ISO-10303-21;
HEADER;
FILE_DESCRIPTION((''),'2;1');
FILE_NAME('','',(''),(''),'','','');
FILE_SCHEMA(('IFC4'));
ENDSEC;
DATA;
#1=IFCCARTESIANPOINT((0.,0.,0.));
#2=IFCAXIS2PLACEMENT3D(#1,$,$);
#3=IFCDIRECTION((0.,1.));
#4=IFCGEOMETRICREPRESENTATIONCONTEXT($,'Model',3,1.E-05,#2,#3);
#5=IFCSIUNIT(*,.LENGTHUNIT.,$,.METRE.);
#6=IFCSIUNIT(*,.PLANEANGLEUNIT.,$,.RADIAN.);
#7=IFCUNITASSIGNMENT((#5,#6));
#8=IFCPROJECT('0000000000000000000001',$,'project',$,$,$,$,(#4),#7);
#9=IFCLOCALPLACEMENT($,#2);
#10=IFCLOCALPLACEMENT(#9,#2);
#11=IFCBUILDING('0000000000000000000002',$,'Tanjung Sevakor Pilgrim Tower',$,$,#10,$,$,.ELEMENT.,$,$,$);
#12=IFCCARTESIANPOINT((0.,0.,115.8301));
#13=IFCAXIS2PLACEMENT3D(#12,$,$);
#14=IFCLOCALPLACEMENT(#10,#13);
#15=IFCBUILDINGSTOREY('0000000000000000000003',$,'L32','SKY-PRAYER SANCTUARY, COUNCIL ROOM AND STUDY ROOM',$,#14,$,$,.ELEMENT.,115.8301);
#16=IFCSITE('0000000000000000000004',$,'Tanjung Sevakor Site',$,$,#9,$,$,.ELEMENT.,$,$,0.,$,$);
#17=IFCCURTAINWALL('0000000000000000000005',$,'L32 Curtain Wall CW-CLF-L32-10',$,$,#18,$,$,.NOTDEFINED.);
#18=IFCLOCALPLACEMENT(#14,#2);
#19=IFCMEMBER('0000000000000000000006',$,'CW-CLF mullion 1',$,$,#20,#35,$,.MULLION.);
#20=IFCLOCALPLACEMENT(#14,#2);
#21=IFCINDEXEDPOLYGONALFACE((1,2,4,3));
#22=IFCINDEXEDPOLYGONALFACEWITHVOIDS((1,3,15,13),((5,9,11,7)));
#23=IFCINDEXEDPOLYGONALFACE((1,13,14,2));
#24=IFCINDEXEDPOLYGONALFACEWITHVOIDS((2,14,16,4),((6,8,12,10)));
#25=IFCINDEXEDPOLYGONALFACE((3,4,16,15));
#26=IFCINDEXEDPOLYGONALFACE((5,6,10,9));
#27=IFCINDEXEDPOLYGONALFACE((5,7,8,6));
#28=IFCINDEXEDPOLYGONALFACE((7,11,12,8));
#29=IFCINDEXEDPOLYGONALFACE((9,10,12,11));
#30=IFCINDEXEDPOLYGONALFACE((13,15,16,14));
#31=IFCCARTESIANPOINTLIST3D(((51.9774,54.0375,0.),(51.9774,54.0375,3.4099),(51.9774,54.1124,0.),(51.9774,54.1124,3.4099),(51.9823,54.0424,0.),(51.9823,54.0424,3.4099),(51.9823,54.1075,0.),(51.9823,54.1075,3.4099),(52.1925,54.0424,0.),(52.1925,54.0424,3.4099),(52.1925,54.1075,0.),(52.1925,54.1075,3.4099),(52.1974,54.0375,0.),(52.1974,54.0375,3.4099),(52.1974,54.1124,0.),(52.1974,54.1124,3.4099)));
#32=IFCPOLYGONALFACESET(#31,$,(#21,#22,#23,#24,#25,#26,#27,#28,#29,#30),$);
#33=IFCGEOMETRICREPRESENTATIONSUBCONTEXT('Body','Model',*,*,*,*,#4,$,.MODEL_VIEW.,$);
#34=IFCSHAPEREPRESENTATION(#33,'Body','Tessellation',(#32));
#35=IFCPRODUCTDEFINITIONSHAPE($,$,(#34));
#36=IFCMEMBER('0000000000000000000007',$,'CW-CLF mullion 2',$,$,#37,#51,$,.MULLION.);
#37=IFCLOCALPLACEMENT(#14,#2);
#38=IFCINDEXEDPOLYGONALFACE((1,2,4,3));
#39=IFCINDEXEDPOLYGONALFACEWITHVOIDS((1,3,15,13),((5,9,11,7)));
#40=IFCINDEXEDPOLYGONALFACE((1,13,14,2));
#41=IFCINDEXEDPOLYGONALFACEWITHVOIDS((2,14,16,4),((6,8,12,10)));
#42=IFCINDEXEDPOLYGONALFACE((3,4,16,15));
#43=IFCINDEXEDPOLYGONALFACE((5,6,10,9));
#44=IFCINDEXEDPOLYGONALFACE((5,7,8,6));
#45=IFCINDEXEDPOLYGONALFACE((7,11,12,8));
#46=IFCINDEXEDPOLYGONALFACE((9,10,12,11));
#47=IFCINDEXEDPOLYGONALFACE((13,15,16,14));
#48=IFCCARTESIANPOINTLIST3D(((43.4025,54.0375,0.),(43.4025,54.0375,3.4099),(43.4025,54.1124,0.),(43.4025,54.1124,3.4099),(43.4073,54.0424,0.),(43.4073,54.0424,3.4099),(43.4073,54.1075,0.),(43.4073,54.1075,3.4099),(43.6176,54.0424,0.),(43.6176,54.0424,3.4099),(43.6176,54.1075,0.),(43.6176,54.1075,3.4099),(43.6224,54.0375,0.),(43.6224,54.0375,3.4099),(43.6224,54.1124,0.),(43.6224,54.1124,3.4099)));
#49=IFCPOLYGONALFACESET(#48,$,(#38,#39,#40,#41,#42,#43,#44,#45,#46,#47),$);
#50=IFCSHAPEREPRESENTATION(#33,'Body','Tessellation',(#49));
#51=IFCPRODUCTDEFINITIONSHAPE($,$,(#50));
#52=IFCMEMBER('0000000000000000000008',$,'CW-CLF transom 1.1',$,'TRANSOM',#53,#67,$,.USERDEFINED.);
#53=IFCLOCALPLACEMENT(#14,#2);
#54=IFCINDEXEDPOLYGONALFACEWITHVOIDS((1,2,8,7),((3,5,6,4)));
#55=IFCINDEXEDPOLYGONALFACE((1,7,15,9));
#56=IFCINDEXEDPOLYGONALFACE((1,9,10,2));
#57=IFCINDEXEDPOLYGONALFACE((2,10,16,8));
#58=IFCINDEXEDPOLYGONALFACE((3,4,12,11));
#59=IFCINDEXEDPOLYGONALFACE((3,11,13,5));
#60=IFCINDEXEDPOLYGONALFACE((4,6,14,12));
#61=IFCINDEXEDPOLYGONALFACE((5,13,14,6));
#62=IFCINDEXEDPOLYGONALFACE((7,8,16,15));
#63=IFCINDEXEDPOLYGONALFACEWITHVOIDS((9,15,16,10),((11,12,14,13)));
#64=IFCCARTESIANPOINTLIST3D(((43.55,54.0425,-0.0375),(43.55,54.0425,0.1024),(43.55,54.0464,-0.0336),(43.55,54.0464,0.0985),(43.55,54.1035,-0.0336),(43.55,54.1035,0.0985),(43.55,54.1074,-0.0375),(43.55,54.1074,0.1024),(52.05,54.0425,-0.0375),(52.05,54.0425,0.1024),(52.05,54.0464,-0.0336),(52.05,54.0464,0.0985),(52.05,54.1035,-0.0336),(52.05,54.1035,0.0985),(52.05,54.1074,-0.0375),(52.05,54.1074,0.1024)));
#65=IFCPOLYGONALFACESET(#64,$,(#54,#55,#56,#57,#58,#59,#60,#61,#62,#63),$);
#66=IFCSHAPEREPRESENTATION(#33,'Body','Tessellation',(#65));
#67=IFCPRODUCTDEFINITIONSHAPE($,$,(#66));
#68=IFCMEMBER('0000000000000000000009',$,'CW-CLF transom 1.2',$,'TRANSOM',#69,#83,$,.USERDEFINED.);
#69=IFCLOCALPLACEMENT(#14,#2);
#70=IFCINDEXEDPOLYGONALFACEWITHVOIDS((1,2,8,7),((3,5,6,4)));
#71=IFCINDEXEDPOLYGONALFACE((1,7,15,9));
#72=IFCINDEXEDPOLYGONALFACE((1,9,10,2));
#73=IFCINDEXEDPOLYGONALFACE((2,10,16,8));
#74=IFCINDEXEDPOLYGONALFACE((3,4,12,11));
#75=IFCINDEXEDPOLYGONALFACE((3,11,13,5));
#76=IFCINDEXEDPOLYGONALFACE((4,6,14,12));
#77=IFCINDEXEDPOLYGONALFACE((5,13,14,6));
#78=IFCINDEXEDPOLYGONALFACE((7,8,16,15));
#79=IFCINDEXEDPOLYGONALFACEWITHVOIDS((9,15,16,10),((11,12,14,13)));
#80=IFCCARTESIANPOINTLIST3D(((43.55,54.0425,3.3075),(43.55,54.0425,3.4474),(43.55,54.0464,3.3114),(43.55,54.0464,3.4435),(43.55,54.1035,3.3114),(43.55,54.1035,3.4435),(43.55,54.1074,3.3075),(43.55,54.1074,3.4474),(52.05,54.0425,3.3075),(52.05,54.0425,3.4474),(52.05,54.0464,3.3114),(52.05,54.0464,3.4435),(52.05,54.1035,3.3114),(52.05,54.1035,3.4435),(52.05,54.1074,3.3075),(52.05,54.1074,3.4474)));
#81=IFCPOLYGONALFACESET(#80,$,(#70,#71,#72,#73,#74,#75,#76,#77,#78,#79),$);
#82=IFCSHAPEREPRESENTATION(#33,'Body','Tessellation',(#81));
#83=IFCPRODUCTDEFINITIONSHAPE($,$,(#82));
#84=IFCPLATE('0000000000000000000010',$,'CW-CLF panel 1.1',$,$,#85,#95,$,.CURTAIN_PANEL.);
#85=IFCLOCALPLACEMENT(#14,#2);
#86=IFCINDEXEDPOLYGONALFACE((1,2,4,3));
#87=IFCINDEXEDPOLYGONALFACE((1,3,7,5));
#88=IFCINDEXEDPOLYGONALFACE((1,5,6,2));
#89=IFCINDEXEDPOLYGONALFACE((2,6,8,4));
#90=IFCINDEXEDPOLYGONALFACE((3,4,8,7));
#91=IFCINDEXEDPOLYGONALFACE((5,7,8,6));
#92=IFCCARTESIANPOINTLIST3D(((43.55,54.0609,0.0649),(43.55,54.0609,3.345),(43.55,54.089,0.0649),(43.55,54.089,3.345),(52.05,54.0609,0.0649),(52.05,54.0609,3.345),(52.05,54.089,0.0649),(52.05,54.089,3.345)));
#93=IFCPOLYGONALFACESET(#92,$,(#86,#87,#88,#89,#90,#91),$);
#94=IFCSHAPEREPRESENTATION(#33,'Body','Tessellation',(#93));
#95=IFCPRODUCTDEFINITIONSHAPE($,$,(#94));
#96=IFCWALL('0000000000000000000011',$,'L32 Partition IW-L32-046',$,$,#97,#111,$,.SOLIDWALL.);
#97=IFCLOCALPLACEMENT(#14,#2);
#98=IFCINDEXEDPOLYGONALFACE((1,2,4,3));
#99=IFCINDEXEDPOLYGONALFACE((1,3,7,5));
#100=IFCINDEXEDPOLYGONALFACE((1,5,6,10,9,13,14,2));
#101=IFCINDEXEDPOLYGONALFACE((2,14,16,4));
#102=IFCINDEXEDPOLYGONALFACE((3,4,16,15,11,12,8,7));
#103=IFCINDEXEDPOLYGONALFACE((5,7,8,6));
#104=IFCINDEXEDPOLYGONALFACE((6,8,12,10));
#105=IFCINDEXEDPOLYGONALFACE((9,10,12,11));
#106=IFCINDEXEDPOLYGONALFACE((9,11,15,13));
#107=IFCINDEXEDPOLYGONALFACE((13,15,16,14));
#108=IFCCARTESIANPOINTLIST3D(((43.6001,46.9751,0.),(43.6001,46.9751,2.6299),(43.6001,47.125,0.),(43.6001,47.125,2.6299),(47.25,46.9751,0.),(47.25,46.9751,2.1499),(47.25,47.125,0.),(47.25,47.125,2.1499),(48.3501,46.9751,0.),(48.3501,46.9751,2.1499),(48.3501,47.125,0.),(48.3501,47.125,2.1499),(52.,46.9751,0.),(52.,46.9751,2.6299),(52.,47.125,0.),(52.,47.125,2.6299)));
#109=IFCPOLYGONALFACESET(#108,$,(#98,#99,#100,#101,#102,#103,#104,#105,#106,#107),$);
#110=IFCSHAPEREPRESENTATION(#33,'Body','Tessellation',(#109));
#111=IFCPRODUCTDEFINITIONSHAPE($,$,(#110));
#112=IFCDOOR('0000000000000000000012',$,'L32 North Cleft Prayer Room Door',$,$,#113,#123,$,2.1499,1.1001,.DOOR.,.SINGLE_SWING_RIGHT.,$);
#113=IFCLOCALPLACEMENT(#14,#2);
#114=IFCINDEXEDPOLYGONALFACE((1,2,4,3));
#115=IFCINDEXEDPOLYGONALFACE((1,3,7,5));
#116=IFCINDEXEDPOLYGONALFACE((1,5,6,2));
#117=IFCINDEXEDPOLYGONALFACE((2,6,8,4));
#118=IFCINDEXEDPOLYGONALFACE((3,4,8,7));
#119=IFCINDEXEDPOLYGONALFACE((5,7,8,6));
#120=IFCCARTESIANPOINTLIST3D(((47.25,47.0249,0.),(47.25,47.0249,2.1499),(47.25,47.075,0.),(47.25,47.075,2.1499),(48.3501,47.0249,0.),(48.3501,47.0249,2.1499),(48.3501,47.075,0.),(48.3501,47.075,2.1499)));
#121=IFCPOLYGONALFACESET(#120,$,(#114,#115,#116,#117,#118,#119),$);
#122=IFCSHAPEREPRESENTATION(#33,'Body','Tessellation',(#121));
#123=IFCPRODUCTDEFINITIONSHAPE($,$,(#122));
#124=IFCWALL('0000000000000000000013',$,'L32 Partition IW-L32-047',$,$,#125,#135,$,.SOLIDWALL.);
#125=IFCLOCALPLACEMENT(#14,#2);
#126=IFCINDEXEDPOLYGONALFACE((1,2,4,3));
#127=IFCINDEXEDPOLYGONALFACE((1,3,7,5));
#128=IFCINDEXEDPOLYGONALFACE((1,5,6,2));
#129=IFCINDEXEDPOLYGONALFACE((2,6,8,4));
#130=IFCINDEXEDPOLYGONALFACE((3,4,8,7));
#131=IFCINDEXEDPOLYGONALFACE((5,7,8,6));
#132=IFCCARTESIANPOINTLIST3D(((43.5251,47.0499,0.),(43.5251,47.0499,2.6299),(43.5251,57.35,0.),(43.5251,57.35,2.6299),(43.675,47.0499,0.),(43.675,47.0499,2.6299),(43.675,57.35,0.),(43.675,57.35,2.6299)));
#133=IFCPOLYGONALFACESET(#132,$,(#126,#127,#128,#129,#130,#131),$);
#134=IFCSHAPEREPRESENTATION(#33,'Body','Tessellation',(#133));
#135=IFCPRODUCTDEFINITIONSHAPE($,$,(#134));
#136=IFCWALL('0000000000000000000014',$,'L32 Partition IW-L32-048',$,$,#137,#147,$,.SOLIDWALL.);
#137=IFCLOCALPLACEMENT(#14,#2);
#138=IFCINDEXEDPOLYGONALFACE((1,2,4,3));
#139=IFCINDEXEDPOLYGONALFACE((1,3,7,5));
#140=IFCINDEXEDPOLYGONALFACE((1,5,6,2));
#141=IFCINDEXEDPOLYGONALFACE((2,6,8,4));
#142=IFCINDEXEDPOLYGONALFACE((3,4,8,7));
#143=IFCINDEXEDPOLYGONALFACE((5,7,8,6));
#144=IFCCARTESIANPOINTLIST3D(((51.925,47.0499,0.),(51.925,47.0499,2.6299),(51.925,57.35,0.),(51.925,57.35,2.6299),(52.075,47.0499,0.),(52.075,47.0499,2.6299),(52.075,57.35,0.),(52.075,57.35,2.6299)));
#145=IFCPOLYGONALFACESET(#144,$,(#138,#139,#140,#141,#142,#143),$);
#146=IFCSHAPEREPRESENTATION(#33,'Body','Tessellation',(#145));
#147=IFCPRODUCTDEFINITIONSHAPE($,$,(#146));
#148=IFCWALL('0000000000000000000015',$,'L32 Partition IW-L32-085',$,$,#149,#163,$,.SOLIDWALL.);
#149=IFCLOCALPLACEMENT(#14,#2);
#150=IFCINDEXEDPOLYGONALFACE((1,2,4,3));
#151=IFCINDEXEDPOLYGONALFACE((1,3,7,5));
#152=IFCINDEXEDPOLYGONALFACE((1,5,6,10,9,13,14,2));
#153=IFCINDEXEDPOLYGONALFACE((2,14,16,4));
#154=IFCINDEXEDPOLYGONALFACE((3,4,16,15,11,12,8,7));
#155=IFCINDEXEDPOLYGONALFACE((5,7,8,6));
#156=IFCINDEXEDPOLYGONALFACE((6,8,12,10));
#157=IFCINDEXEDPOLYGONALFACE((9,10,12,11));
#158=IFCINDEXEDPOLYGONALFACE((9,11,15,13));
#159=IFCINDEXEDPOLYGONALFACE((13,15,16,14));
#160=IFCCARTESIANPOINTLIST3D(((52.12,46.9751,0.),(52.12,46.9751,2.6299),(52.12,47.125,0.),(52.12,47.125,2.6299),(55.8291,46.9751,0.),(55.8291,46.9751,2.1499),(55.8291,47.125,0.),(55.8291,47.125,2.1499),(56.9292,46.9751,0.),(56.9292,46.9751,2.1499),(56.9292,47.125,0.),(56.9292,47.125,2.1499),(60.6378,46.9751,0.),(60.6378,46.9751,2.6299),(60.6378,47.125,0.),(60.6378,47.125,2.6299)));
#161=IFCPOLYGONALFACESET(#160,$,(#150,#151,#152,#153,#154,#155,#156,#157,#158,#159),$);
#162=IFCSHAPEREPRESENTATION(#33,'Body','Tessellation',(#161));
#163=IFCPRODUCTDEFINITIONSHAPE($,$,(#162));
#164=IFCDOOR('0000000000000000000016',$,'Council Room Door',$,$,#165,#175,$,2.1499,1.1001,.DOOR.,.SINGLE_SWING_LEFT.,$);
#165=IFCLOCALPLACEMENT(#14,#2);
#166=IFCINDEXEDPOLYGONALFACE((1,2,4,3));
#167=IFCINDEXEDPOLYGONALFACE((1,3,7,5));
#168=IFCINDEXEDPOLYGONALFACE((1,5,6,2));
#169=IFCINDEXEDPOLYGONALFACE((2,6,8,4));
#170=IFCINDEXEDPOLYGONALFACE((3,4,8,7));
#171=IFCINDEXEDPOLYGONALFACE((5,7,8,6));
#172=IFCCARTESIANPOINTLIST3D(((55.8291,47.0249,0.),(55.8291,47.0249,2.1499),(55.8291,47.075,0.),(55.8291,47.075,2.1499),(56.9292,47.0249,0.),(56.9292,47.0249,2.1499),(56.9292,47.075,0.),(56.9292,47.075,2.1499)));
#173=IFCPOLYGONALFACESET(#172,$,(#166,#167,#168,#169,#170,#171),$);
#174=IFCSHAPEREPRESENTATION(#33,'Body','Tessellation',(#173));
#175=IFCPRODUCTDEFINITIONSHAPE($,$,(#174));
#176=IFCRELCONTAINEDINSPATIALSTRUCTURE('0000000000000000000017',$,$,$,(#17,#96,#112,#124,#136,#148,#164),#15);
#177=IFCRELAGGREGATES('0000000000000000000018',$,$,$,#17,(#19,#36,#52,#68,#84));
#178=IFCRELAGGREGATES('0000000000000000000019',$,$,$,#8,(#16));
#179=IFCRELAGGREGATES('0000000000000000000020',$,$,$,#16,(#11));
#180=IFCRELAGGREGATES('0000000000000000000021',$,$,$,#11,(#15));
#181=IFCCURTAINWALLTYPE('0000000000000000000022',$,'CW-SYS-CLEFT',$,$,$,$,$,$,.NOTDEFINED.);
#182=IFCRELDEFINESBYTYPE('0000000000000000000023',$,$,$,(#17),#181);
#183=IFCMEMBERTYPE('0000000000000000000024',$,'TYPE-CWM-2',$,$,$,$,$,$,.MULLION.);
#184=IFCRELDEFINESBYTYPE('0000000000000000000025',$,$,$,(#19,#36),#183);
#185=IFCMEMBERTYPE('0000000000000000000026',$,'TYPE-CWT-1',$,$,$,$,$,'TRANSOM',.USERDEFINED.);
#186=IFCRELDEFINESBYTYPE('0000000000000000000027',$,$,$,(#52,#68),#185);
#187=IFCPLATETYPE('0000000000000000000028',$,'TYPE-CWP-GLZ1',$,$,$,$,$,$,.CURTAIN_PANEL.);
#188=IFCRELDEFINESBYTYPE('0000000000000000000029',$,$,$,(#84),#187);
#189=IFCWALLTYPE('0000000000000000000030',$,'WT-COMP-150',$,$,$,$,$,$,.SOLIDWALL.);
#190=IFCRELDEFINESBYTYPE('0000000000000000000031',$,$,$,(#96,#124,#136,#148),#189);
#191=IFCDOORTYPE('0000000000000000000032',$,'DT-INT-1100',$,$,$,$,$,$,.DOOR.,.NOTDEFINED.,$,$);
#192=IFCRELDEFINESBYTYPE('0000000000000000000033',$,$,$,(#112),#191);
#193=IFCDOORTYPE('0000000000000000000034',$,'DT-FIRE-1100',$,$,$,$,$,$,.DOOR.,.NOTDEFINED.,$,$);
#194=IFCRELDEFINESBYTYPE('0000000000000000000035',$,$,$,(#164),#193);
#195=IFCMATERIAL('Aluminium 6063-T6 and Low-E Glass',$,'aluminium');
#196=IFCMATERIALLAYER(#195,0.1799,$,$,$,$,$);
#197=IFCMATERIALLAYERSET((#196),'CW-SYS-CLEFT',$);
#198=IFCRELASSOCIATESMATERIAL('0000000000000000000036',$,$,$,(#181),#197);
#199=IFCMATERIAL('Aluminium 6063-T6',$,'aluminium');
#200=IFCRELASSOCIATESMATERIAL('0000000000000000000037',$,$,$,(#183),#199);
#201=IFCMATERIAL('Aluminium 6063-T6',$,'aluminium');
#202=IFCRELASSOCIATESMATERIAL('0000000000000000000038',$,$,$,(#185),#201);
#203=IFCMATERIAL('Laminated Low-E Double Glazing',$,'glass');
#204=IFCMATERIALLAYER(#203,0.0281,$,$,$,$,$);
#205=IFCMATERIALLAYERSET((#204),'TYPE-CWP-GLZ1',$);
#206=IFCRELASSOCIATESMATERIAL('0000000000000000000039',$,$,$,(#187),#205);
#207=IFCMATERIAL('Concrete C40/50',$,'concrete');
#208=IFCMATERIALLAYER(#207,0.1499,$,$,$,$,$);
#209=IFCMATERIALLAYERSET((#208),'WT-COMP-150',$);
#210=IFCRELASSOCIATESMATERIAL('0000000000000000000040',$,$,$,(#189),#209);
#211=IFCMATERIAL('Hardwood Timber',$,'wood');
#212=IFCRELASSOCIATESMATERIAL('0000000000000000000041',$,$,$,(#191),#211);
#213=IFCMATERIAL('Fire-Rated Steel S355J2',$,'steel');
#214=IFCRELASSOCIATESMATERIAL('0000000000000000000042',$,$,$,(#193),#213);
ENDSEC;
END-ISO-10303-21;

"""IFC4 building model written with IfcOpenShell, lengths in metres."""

from ifc_helpers import new_model, si_unit, direction, frame, frame_2d, origin, origin_2d, place, context, subcontext, project, spatial, rectangle, hollow_rectangle, extrude, material, layer, layer_set, material_profile, profile_set, type_object, element, fill, aggregate, save


model = new_model("IFC4")

# Units and contexts
model_context = context("Model", 3, precision=1e-05, world=origin(), true_north=direction((0.0, 1.0)))
body_context = subcontext(model_context, "Body", "Model", "MODEL_VIEW")
ifc_project = project(units=[si_unit("LENGTHUNIT", "METRE"), si_unit("PLANEANGLEUNIT", "RADIAN")], contexts=[model_context])

# Site, building, storey
site_placement = place(None, origin())
site = spatial("IfcSite", under=ifc_project, at=site_placement, Name="Tanjung Sevakor Site", CompositionType="ELEMENT", RefElevation=0.0)
building_placement = place(site_placement, origin())
building = spatial("IfcBuilding", under=site, at=building_placement, Name="Tanjung Sevakor Pilgrim Tower", CompositionType="ELEMENT")
storey_placement = place(building_placement, frame((0.0, 0.0, 115.8301)))
storey = spatial("IfcBuildingStorey", under=building, at=storey_placement, Name="L32", Description="SKY-PRAYER SANCTUARY, COUNCIL ROOM AND STUDY ROOM", CompositionType="ELEMENT", Elevation=115.8301)

# Curtain wall, members, plate
ifc_material_1 = material(Name="Aluminium 6063-T6 and Low-E Glass", Category="aluminium")
ifc_layer_1 = layer(ifc_material_1, 0.1799)
ifc_layer_set_1 = layer_set([ifc_layer_1], Name="CW-SYS-CLEFT")
curtain_wall_type = type_object("IfcCurtainWallType", Name="CW-SYS-CLEFT", PredefinedType="NOTDEFINED", material=ifc_layer_set_1)
curtain_wall_placement = place(storey_placement, origin())
curtain_wall = element("IfcCurtainWall", 1, at=curtain_wall_placement, inside=storey, type_object=curtain_wall_type, Name="L32 Curtain Wall CW-CLF-L32-10", PredefinedType="NOTDEFINED")
ifc_material_2 = material(Name="Aluminium 6063-T6", Category="aluminium")
ifc_material_profile_1 = material_profile(ifc_material_2, hollow_rectangle(XDim=0.075, YDim=0.22, WallThickness=0.0049, at=origin_2d()))
ifc_profile_set_1 = profile_set([ifc_material_profile_1], Name="Aluminium 6063-T6")
member_type_1 = type_object("IfcMemberType", Name="TYPE-CWM-2", PredefinedType="MULLION", material=ifc_profile_set_1)
member_1_placement = place(storey_placement, frame((52.0874, 54.075, 0.0), z_axis=(0.0, 0.0, 1.0), x_axis=(0.0, -1.0, 0.0)))
member_1 = element("IfcMember", 2, at=member_1_placement, type_object=member_type_1, Name="CW-CLF mullion 1", PredefinedType="MULLION", context=body_context, shape_type="SweptSolid", body=[
    extrude(hollow_rectangle(XDim=0.075, YDim=0.22, WallThickness=0.0049, at=origin_2d()), origin(), (0.0, 0.0, 1.0), 3.4099),
])
member_2_placement = place(storey_placement, frame((43.5125, 54.075, 0.0), z_axis=(0.0, 0.0, 1.0), x_axis=(0.0, -1.0, 0.0)))
member_2 = element("IfcMember", 3, at=member_2_placement, type_object=member_type_1, Name="CW-CLF mullion 2", PredefinedType="MULLION", context=body_context, shape_type="SweptSolid", body=[
    extrude(hollow_rectangle(XDim=0.075, YDim=0.22, WallThickness=0.0049, at=origin_2d()), origin(), (0.0, 0.0, 1.0), 3.4099),
])
ifc_material_3 = material(Name="Aluminium 6063-T6", Category="aluminium")
ifc_material_profile_2 = material_profile(ifc_material_3, hollow_rectangle(XDim=0.0649, YDim=0.1399, WallThickness=0.0039, at=origin_2d()))
ifc_profile_set_2 = profile_set([ifc_material_profile_2], Name="Aluminium 6063-T6")
member_type_2 = type_object("IfcMemberType", Name="TYPE-CWT-1", ElementType="TRANSOM", PredefinedType="USERDEFINED", material=ifc_profile_set_2)
member_3_placement = place(storey_placement, frame((52.05, 54.075, 0.0325), z_axis=(-1.0, 0.0, 0.0), x_axis=(0.0, -1.0, 0.0)))
member_3 = element("IfcMember", 4, at=member_3_placement, type_object=member_type_2, Name="CW-CLF transom 1.1", ObjectType="TRANSOM", PredefinedType="USERDEFINED", context=body_context, shape_type="SweptSolid", body=[
    extrude(hollow_rectangle(XDim=0.0649, YDim=0.1399, WallThickness=0.0039, at=origin_2d()), origin(), (0.0, 0.0, 1.0), 8.5),
])
member_4_placement = place(storey_placement, frame((52.05, 54.075, 3.3774), z_axis=(-1.0, 0.0, 0.0), x_axis=(0.0, -1.0, 0.0)))
member_4 = element("IfcMember", 5, at=member_4_placement, type_object=member_type_2, Name="CW-CLF transom 1.2", ObjectType="TRANSOM", PredefinedType="USERDEFINED", context=body_context, shape_type="SweptSolid", body=[
    extrude(hollow_rectangle(XDim=0.0649, YDim=0.1399, WallThickness=0.0039, at=origin_2d()), origin(), (0.0, 0.0, 1.0), 8.5),
])
ifc_material_4 = material(Name="Laminated Low-E Double Glazing", Category="glass")
ifc_layer_2 = layer(ifc_material_4, 0.0281)
ifc_layer_set_2 = layer_set([ifc_layer_2], Name="TYPE-CWP-GLZ1")
plate_type = type_object("IfcPlateType", Name="TYPE-CWP-GLZ1", PredefinedType="CURTAIN_PANEL", material=ifc_layer_set_2)
plate_placement = place(storey_placement, frame((47.8, 54.075, 0.0649), z_axis=(0.0, 0.0, 1.0), x_axis=(-1.0, 0.0, 0.0)))
plate = element("IfcPlate", 6, at=plate_placement, type_object=plate_type, Name="CW-CLF panel 1.1", PredefinedType="CURTAIN_PANEL", context=body_context, shape_type="SweptSolid", body=[
    extrude(rectangle(XDim=8.5, YDim=0.0281, at=origin_2d()), origin(), (0.0, 0.0, 1.0), 3.28),
])
aggregate(curtain_wall, [member_1, member_2, member_3, member_4, plate])

# Wall, opening, door
ifc_material_5 = material(Name="Concrete C40/50", Category="concrete")
ifc_layer_3 = layer(ifc_material_5, 0.1499)
ifc_layer_set_3 = layer_set([ifc_layer_3], Name="WT-COMP-150")
wall_type_1 = type_object("IfcWallType", Name="WT-COMP-150", PredefinedType="SOLIDWALL", material=ifc_layer_set_3)
wall_1_placement = place(storey_placement, frame((43.6001, 47.05, 0.0), z_axis=(0.0, 0.0, 1.0), x_axis=(1.0, 0.0, 0.0)))
wall_1 = element("IfcWall", 7, at=wall_1_placement, inside=storey, type_object=wall_type_1, Name="L32 Partition IW-L32-046", PredefinedType="SOLIDWALL", context=body_context, shape_type="SweptSolid", body=[
    extrude(rectangle(XDim=8.3999, YDim=0.1499, at=frame_2d((4.2, 0.0))), origin(), (0.0, 0.0, 1.0), 2.6299),
])
opening_1_placement = place(wall_1_placement, frame((3.6499, 0.0, 0.0)))
opening_1 = element("IfcOpeningElement", 8, at=opening_1_placement, cuts=wall_1, PredefinedType="OPENING", context=body_context, shape_type="SweptSolid", body=[
    extrude(rectangle(XDim=1.1001, YDim=2.1499, at=frame_2d((0.55, 1.075))), frame((0.0, 0.085, 0.0), z_axis=(0.0, -1.0, 0.0), x_axis=(1.0, 0.0, 0.0)), (0.0, 0.0, 1.0), 0.1699),
])
ifc_material_6 = material(Name="Hardwood Timber", Category="wood")
door_type_1 = type_object("IfcDoorType", Name="DT-INT-1100", OperationType="NOTDEFINED", PredefinedType="DOOR", material=ifc_material_6)
door_1_placement = place(opening_1_placement, origin())
door_1 = element("IfcDoor", 9, at=door_1_placement, inside=storey, type_object=door_type_1, Name="L32 North Cleft Prayer Room Door", OperationType="SINGLE_SWING_RIGHT", OverallHeight=2.1499, OverallWidth=1.1001, PredefinedType="DOOR", context=body_context, shape_type="SweptSolid", body=[
    extrude(rectangle(XDim=1.1001, YDim=2.1499, at=frame_2d((0.55, 1.075))), frame((0.0, 0.0249, 0.0), z_axis=(0.0, -1.0, 0.0), x_axis=(1.0, 0.0, 0.0)), (0.0, 0.0, 1.0), 0.05),
])
fill(opening_1, door_1)

# Walls
for number, where, z_axis, x_axis, name in (
    (10, (43.6001, 47.05, 0.0), (0.0, 0.0, 1.0), (0.0, 1.0, 0.0), "L32 Partition IW-L32-047"),
    (11, (52.0, 47.05, 0.0), (0.0, 0.0, 1.0), (0.0, 1.0, 0.0), "L32 Partition IW-L32-048"),
):
    element("IfcWall", number, at=place(storey_placement, frame(where, z_axis=z_axis, x_axis=x_axis)), inside=storey, type_object=wall_type_1, Name=name, PredefinedType="SOLIDWALL", context=body_context, shape_type="SweptSolid", body=[
        extrude(rectangle(XDim=10.3, YDim=0.1499, at=frame_2d((5.1499, 0.0))), origin(), (0.0, 0.0, 1.0), 2.6299),
    ])

# Wall, opening, door
wall_2_placement = place(storey_placement, frame((52.1201, 47.05, 0.0), z_axis=(0.0, 0.0, 1.0), x_axis=(1.0, 0.0, 0.0)))
wall_2 = element("IfcWall", 12, at=wall_2_placement, inside=storey, type_object=wall_type_1, Name="L32 Partition IW-L32-085", PredefinedType="SOLIDWALL", context=body_context, shape_type="SweptSolid", body=[
    extrude(rectangle(XDim=8.5178, YDim=0.1499, at=frame_2d((4.2588, 0.0))), origin(), (0.0, 0.0, 1.0), 2.6299),
])
opening_2_placement = place(wall_2_placement, frame((3.709, 0.0, 0.0)))
opening_2 = element("IfcOpeningElement", 13, at=opening_2_placement, cuts=wall_2, PredefinedType="OPENING", context=body_context, shape_type="SweptSolid", body=[
    extrude(rectangle(XDim=1.1001, YDim=2.1499, at=frame_2d((0.55, 1.075))), frame((0.0, 0.085, 0.0), z_axis=(0.0, -1.0, 0.0), x_axis=(1.0, 0.0, 0.0)), (0.0, 0.0, 1.0), 0.1699),
])
ifc_material_7 = material(Name="Fire-Rated Steel S355J2", Category="steel")
door_type_2 = type_object("IfcDoorType", Name="DT-FIRE-1100", OperationType="NOTDEFINED", PredefinedType="DOOR", material=ifc_material_7)
door_2_placement = place(opening_2_placement, origin())
door_2 = element("IfcDoor", 14, at=door_2_placement, inside=storey, type_object=door_type_2, Name="Council Room Door", OperationType="SINGLE_SWING_LEFT", OverallHeight=2.1499, OverallWidth=1.1001, PredefinedType="DOOR", context=body_context, shape_type="SweptSolid", body=[
    extrude(rectangle(XDim=1.1001, YDim=2.1499, at=frame_2d((0.55, 1.075))), frame((0.0, 0.0249, 0.0), z_axis=(0.0, -1.0, 0.0), x_axis=(1.0, 0.0, 0.0)), (0.0, 0.0, 1.0), 0.05),
])
fill(opening_2, door_2)

save(model, "model.ifc")
